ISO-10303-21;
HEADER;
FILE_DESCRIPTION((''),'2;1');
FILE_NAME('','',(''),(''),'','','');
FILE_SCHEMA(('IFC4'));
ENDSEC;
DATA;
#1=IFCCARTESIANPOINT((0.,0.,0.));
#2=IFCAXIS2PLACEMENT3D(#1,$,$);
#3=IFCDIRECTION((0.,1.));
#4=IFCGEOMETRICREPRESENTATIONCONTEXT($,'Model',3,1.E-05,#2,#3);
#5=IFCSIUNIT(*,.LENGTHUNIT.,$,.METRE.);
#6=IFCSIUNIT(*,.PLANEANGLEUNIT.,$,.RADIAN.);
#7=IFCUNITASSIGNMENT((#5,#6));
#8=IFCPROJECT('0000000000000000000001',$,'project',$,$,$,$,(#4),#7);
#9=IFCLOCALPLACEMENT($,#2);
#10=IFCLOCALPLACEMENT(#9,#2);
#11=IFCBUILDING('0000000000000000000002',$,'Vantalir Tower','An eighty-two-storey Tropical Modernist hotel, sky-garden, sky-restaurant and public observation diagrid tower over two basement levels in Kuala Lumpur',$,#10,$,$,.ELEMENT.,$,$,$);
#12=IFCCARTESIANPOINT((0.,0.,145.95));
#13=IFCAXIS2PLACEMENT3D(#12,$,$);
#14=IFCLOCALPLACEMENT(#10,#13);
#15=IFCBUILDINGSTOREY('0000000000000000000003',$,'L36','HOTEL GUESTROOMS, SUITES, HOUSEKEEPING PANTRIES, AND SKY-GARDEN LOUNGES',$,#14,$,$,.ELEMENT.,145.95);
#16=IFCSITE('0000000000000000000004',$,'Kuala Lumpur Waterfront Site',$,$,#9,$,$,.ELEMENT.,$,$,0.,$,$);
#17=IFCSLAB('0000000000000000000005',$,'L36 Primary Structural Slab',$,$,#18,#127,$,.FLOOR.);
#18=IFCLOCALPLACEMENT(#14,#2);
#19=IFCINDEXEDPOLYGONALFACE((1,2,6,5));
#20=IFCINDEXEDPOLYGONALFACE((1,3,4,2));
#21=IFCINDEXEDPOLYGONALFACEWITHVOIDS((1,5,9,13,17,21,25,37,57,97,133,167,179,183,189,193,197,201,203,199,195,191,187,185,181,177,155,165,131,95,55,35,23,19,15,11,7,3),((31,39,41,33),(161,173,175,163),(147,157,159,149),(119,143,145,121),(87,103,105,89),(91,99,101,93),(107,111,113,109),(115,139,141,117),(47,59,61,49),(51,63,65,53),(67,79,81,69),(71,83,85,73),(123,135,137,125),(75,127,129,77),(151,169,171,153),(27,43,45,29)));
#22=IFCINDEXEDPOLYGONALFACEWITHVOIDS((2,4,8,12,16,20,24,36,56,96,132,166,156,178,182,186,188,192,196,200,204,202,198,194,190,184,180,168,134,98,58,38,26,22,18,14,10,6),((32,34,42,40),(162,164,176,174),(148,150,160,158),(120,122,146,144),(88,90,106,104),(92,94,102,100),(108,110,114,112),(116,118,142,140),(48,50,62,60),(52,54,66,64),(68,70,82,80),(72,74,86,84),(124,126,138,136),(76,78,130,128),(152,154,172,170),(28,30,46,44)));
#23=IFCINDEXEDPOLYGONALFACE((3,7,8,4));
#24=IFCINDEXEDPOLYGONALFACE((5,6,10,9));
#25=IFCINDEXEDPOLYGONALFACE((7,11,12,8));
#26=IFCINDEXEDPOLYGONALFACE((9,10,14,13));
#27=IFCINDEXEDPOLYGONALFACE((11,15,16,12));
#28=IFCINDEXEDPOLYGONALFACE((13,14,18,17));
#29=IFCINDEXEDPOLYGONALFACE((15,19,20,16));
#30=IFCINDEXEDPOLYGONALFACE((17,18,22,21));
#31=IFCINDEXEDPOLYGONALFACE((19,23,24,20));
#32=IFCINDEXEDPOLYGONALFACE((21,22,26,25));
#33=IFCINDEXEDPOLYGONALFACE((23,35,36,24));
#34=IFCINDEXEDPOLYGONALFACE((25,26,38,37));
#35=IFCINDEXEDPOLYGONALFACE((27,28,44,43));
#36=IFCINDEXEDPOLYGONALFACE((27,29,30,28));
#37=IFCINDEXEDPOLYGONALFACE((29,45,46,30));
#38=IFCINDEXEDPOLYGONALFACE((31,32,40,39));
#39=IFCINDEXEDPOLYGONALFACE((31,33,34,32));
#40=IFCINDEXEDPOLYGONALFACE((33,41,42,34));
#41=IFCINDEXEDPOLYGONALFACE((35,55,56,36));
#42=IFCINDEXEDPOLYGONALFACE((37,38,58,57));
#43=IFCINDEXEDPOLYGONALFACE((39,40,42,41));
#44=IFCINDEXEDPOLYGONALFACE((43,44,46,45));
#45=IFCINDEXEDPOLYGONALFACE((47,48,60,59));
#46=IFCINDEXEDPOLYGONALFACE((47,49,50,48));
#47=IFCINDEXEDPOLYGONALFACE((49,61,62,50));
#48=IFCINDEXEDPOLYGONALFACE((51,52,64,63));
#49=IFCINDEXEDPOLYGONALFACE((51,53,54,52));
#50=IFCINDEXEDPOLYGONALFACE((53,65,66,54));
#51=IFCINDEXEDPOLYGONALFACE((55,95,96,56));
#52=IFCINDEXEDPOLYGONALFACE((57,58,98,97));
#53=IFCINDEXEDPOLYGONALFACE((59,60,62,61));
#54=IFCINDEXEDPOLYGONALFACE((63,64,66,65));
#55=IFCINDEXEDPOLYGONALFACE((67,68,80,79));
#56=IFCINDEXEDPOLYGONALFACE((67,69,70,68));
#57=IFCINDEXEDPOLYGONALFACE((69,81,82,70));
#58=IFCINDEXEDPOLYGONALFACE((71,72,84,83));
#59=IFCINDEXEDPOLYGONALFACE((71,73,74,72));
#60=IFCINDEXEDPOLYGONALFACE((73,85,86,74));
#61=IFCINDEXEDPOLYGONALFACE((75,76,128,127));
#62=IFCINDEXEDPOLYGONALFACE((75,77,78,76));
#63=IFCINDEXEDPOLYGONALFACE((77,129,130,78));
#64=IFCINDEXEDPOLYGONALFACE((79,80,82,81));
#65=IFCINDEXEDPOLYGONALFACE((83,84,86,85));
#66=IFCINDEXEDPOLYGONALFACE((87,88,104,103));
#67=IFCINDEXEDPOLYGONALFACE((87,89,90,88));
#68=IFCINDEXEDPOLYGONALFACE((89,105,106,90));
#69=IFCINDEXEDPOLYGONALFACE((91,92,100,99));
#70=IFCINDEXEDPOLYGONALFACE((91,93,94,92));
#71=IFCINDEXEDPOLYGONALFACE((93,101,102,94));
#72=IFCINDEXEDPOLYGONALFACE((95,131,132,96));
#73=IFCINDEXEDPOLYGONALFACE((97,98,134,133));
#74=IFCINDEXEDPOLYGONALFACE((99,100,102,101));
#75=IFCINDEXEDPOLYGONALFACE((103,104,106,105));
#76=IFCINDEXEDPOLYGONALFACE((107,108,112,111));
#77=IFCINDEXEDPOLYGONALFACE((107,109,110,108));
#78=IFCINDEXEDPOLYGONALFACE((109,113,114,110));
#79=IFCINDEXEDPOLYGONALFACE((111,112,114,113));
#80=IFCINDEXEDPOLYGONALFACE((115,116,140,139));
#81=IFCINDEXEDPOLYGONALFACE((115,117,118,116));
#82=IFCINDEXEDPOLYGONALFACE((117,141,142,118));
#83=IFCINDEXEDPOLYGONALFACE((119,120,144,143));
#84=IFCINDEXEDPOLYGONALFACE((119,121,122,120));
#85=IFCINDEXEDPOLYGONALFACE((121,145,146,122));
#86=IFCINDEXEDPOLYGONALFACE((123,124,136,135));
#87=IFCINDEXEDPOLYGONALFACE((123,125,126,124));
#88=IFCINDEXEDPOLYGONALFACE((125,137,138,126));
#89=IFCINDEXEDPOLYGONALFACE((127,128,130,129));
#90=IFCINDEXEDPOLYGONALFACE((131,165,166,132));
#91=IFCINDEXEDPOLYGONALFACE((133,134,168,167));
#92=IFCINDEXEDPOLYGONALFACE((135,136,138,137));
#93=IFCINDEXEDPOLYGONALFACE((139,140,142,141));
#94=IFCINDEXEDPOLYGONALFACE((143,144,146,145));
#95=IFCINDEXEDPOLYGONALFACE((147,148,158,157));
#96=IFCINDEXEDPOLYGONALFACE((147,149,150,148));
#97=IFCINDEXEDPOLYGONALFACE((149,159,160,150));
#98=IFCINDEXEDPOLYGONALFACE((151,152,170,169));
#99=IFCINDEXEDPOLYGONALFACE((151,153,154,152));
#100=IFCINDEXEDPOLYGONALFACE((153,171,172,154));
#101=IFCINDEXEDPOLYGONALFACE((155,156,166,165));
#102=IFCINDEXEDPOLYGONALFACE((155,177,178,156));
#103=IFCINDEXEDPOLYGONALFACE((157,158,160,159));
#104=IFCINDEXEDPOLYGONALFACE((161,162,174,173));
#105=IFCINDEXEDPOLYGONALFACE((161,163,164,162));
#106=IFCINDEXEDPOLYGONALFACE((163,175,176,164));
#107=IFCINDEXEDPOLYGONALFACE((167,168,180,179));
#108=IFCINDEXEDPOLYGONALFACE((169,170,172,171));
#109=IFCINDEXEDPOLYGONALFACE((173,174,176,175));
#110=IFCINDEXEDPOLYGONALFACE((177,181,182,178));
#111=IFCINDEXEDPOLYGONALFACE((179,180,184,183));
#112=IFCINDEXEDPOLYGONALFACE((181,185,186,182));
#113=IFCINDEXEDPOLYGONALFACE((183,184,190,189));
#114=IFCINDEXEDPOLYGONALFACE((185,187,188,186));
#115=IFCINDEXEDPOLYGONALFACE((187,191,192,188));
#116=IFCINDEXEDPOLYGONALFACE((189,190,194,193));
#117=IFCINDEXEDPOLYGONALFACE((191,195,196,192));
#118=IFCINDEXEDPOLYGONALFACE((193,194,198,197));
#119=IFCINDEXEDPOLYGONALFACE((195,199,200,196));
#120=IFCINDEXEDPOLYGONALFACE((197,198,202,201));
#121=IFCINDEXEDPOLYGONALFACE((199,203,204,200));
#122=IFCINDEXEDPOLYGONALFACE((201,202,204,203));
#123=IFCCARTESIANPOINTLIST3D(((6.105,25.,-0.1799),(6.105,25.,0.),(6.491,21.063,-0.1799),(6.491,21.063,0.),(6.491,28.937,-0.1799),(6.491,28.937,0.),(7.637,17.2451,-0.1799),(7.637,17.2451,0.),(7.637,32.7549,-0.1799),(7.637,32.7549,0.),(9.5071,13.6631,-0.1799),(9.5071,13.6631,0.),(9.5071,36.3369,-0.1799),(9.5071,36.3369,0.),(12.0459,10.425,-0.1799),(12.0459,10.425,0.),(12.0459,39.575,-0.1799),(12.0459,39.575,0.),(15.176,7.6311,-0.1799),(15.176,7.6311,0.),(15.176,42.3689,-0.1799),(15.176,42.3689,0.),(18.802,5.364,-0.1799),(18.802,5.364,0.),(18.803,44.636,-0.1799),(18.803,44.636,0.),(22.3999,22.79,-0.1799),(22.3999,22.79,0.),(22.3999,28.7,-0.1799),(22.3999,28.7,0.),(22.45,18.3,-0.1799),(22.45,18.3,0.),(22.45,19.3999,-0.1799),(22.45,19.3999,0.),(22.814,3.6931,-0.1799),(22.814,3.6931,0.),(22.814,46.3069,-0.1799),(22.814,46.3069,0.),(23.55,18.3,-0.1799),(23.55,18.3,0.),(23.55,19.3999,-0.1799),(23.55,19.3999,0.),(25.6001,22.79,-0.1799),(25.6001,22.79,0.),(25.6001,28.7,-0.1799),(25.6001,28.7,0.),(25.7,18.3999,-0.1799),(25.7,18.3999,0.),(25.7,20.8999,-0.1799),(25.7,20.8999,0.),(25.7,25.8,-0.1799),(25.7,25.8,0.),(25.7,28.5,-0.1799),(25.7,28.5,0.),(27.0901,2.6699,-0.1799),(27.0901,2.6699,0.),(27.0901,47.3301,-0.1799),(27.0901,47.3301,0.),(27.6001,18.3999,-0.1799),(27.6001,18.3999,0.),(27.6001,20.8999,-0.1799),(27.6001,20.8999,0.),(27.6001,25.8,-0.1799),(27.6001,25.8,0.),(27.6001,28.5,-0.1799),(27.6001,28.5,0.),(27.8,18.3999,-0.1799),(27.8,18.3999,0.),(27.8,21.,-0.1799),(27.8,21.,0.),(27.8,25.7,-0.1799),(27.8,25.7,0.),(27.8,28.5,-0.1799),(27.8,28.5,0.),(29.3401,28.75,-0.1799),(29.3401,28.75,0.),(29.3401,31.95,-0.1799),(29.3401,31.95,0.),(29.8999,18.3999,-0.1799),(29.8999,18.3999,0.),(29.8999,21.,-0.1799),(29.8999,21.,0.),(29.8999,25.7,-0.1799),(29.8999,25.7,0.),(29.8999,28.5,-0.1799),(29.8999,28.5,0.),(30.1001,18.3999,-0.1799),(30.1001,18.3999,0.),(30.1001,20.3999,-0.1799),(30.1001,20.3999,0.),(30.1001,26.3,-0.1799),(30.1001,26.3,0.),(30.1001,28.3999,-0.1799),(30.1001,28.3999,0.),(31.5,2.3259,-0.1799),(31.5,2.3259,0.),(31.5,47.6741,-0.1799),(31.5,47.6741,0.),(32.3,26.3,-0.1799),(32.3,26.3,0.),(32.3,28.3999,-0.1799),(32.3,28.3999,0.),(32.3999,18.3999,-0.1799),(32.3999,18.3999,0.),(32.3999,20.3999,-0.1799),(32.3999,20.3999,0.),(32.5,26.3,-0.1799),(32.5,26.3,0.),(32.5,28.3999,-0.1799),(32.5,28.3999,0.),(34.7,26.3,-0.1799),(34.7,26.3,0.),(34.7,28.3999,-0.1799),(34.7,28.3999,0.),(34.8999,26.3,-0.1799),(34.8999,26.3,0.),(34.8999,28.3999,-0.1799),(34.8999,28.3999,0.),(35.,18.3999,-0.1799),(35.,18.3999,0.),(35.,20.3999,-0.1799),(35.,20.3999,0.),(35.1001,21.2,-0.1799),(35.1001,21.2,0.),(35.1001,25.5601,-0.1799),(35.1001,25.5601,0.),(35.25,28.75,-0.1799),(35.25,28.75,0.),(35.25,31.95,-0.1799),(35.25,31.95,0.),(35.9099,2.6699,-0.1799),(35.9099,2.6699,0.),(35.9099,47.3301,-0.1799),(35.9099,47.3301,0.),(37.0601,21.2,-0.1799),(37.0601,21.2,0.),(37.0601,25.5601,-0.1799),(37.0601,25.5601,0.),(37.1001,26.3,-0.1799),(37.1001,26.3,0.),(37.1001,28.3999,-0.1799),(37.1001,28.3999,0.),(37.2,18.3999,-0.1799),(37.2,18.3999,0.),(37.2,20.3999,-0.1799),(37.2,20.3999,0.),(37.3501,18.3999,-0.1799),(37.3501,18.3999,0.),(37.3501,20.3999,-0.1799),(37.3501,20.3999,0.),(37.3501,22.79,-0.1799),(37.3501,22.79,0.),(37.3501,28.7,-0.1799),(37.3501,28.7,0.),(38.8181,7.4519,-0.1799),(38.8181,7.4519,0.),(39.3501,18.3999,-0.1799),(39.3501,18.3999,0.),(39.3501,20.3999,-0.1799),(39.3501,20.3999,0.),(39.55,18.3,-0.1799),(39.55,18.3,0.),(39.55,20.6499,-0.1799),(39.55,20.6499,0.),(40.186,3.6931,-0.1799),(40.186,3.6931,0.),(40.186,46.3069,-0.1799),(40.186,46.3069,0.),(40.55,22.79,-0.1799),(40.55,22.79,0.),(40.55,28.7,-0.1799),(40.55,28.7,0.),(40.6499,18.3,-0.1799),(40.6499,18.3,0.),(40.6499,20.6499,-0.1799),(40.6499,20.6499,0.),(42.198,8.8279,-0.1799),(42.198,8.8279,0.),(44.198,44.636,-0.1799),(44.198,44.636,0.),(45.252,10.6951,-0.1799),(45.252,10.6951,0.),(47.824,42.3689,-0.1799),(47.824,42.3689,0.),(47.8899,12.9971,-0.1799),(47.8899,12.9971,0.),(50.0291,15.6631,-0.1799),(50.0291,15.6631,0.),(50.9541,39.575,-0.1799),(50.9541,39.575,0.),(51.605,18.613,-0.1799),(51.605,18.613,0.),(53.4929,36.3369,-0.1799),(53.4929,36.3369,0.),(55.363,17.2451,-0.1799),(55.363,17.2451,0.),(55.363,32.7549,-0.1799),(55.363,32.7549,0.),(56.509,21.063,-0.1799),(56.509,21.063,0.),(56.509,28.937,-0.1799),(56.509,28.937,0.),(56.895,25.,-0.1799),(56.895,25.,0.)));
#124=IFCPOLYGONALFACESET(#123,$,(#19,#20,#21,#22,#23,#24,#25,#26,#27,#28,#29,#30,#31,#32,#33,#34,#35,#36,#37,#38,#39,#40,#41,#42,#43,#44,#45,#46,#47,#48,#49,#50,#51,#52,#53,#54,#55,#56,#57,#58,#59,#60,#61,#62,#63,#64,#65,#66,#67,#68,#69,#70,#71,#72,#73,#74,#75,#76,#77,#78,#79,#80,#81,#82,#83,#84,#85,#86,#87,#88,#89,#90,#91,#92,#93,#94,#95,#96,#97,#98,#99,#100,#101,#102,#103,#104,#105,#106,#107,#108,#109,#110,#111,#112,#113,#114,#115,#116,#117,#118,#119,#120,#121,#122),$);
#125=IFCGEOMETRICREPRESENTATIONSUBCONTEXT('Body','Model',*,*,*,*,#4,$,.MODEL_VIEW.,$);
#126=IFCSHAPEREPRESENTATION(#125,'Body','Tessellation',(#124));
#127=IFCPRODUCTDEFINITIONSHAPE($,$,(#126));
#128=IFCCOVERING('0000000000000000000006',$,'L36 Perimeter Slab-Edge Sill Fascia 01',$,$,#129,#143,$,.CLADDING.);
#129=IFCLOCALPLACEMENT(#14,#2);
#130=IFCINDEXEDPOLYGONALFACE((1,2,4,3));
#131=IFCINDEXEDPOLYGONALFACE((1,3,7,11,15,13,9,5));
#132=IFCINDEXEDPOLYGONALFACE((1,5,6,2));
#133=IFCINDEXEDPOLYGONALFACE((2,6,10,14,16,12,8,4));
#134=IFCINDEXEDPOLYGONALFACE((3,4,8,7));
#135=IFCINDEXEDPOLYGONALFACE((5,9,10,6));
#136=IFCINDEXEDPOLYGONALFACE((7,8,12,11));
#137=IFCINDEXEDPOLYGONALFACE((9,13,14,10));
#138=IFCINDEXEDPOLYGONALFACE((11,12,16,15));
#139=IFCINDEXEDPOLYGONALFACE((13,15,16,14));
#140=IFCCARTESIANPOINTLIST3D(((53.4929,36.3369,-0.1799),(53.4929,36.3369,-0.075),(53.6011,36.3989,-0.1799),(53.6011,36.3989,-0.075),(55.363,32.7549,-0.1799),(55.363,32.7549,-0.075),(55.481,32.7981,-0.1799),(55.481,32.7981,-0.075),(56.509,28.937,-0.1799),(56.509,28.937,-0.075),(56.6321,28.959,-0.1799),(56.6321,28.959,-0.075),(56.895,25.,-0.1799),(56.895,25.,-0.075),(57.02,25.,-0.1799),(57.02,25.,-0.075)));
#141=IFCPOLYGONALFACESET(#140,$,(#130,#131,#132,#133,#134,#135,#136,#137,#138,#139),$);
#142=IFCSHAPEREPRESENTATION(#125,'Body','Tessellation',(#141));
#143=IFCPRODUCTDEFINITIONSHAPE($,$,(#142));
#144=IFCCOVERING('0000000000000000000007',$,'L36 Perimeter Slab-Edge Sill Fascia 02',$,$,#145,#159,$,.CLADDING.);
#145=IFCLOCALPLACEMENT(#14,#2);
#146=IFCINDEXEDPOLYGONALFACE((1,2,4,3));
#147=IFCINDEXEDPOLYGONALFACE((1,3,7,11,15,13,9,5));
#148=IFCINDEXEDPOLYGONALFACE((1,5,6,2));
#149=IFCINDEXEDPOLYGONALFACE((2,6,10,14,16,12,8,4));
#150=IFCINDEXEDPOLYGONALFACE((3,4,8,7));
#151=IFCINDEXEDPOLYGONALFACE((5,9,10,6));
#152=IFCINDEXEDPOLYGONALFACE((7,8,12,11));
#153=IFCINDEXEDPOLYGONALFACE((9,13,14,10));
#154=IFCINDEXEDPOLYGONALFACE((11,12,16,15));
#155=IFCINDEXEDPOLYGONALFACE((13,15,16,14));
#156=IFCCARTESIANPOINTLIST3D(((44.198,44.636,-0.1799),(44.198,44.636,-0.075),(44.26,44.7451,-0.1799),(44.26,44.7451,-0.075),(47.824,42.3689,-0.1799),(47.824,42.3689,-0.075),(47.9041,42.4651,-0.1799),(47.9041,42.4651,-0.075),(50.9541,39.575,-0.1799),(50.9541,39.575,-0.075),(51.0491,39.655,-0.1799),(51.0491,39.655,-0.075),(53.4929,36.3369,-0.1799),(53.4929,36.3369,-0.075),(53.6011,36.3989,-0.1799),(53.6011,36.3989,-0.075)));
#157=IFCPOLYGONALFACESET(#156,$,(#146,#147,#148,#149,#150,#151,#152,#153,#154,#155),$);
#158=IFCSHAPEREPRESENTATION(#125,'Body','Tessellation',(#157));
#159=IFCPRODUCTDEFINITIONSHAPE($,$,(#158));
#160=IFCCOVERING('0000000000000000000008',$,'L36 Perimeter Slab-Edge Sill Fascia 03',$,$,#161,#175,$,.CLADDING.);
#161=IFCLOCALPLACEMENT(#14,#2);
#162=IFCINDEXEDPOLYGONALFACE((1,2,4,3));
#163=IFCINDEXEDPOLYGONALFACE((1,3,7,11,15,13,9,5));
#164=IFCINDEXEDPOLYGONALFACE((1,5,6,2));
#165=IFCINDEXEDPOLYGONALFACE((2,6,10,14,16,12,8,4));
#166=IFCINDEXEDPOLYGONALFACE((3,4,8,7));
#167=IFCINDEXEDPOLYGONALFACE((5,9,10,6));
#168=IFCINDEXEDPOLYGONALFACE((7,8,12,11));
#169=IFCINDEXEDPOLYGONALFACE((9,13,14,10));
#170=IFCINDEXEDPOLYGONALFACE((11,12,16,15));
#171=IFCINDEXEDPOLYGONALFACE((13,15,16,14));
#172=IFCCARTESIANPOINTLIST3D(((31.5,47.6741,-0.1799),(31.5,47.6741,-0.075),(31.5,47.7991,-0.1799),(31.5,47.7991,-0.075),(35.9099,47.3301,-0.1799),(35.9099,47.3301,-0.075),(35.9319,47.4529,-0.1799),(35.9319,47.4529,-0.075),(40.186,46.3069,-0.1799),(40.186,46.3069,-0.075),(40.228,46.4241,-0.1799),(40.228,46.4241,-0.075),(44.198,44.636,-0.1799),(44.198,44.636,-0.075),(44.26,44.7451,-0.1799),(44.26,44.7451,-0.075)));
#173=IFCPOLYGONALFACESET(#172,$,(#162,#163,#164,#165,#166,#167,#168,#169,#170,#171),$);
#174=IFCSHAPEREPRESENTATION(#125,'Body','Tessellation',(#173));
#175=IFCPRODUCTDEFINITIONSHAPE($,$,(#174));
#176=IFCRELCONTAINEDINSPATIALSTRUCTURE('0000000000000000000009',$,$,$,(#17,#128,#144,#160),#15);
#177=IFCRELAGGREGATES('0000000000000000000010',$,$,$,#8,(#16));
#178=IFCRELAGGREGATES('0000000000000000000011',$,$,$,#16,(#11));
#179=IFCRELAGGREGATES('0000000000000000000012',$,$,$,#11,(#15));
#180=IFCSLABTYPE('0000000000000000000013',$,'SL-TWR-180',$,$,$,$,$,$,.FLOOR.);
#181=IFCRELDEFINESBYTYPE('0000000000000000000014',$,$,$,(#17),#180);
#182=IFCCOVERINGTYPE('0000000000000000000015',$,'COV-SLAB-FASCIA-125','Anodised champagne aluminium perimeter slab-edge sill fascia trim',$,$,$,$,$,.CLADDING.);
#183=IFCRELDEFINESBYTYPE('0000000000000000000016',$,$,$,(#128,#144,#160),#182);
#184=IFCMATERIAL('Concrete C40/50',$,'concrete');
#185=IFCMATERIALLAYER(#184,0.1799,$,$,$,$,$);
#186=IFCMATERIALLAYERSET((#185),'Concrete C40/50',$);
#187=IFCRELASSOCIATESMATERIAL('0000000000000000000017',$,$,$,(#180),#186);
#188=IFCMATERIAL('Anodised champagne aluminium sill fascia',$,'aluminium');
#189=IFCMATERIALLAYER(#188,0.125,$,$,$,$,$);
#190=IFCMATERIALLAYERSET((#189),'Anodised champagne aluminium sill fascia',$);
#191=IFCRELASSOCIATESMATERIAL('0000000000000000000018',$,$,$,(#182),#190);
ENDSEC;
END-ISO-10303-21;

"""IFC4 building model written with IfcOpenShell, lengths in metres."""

from ifc_helpers import new_model, si_unit, direction, frame, origin, place, context, subcontext, project, spatial, polyline, outline, extrude, material, layer, layer_set, type_object, element, save


model = new_model("IFC4")

# Units and contexts
model_context = context("Model", 3, precision=1e-05, world=origin(), true_north=direction((0.0, 1.0)))
body_context = subcontext(model_context, "Body", "Model", "MODEL_VIEW")
ifc_project = project(units=[si_unit("LENGTHUNIT", "METRE"), si_unit("PLANEANGLEUNIT", "RADIAN")], contexts=[model_context])

# Site, building, storey
site_placement = place(None, origin())
site = spatial("IfcSite", under=ifc_project, at=site_placement, Name="Kuala Lumpur Waterfront Site", CompositionType="ELEMENT", RefElevation=0.0)
building_placement = place(site_placement, origin())
building = spatial("IfcBuilding", under=site, at=building_placement, Name="Vantalir Tower", Description="An eighty-two-storey Tropical Modernist hotel, sky-garden, sky-restaurant and public observation diagrid tower over two basement levels in Kuala Lumpur", CompositionType="ELEMENT")
storey_placement = place(building_placement, frame((0.0, 0.0, 145.95)))
storey = spatial("IfcBuildingStorey", under=building, at=storey_placement, Name="L36", Description="HOTEL GUESTROOMS, SUITES, HOUSEKEEPING PANTRIES, AND SKY-GARDEN LOUNGES", CompositionType="ELEMENT", Elevation=145.95)

# Shared definitions
ifc_material_1 = material(Name="Concrete C40/50", Category="concrete")

# Slab
ifc_layer_1 = layer(ifc_material_1, 0.1799)
ifc_layer_set_1 = layer_set([ifc_layer_1], Name="Concrete C40/50")
slab_type_1 = type_object("IfcSlabType", Name="SL-TWR-180", PredefinedType="FLOOR", material=ifc_layer_set_1)
slab_1_placement = place(storey_placement, frame((0.0, 0.0, -0.1799)))
element("IfcSlab", 1, at=slab_1_placement, inside=storey, type_object=slab_type_1, Name="L36 Primary Structural Slab", PredefinedType="FLOOR", context=body_context, shape_type="SweptSolid", body=[
    extrude(outline(polyline([(15.176, 7.6311), (18.802, 5.364), (22.814, 3.6931), (27.0901, 2.6699), (31.5, 2.3259), (35.9099, 2.6699), (40.186, 3.6931), (38.8181, 7.4519), (42.198, 8.8279), (45.252, 10.6951), (47.8899, 12.9971), (50.0291, 15.6631), (51.605, 18.613), (55.363, 17.2451), (56.509, 21.063), (56.895, 25.0), (56.509, 28.937), (55.363, 32.7549), (53.4929, 36.3369), (50.9541, 39.575), (47.824, 42.3689), (44.198, 44.636), (40.186, 46.3069), (35.9099, 47.3301), (31.5, 47.6741), (27.0901, 47.3301), (22.814, 46.3069), (18.803, 44.636), (15.176, 42.3689), (12.0459, 39.575), (9.5071, 36.3369), (7.637, 32.7549), (6.491, 28.937), (6.105, 25.0), (6.491, 21.063), (7.637, 17.2451), (9.5071, 13.6631), (12.0459, 10.425), (15.176, 7.6311)]), holes=[polyline([(22.3999, 22.79), (22.3999, 28.7), (25.6001, 28.7), (25.6001, 22.79), (22.3999, 22.79)]), polyline([(37.3501, 28.7), (40.55, 28.7), (40.55, 22.79), (37.3501, 22.79), (37.3501, 28.7)]), polyline([(35.25, 28.75), (29.3401, 28.75), (29.3401, 31.95), (35.25, 31.95), (35.25, 28.75)]), polyline([(27.6001, 18.3999), (25.7, 18.3999), (25.7, 20.8999), (27.6001, 20.8999), (27.6001, 18.3999)]), polyline([(25.7, 25.8), (25.7, 28.5), (27.6001, 28.5), (27.6001, 25.8), (25.7, 25.8)]), polyline([(27.8, 21.0), (29.8999, 21.0), (29.8999, 18.3999), (27.8, 18.3999), (27.8, 21.0)]), polyline([(29.8999, 28.5), (29.8999, 25.7), (27.8, 25.7), (27.8, 28.5), (29.8999, 28.5)]), polyline([(32.3999, 18.3999), (30.1001, 18.3999), (30.1001, 20.3999), (32.3999, 20.3999), (32.3999, 18.3999)]), polyline([(37.3501, 18.3999), (37.3501, 20.3999), (39.3501, 20.3999), (39.3501, 18.3999), (37.3501, 18.3999)]), polyline([(35.0, 20.3999), (37.2, 20.3999), (37.2, 18.3999), (35.0, 18.3999), (35.0, 20.3999)]), polyline([(32.3, 28.3999), (32.3, 26.3), (30.1001, 26.3), (30.1001, 28.3999), (32.3, 28.3999)]), polyline([(34.7, 26.3), (32.5, 26.3), (32.5, 28.3999), (34.7, 28.3999), (34.7, 26.3)]), polyline([(34.8999, 26.3), (34.8999, 28.3999), (37.1001, 28.3999), (37.1001, 26.3), (34.8999, 26.3)]), polyline([(35.1001, 25.5601), (37.0601, 25.5601), (37.0601, 21.2), (35.1001, 21.2), (35.1001, 25.5601)]), polyline([(23.55, 19.3999), (23.55, 18.3), (22.45, 18.3), (22.45, 19.3999), (23.55, 19.3999)]), polyline([(40.6499, 18.3), (39.55, 18.3), (39.55, 20.6499), (40.6499, 20.6499), (40.6499, 18.3)])]), origin(), (0.0, 0.0, 1.0), 0.1799),
])

# Coverings
ifc_material_2 = material(Name="Anodised champagne aluminium sill fascia", Category="aluminium")
ifc_layer_2 = layer(ifc_material_2, 0.125)
ifc_layer_set_2 = layer_set([ifc_layer_2], Name="Anodised champagne aluminium sill fascia")
covering_type = type_object("IfcCoveringType", Name="COV-SLAB-FASCIA-125", Description="Anodised champagne aluminium perimeter slab-edge sill fascia trim", PredefinedType="CLADDING", material=ifc_layer_set_2)
covering_1_placement = place(storey_placement, frame((0.0, 0.0, -0.1799)))
element("IfcCovering", 2, at=covering_1_placement, inside=storey, type_object=covering_type, Name="L36 Perimeter Slab-Edge Sill Fascia 01", PredefinedType="CLADDING", context=body_context, shape_type="SweptSolid", body=[
    extrude(outline(polyline([(57.02, 25.0), (56.6321, 28.959), (55.481, 32.7981), (53.6011, 36.3989), (53.4929, 36.3369), (55.363, 32.7549), (56.509, 28.937), (56.895, 25.0), (57.02, 25.0)])), origin(), (0.0, 0.0, 1.0), 0.105),
])
covering_2_placement = place(storey_placement, frame((0.0, 0.0, -0.1799)))
element("IfcCovering", 3, at=covering_2_placement, inside=storey, type_object=covering_type, Name="L36 Perimeter Slab-Edge Sill Fascia 02", PredefinedType="CLADDING", context=body_context, shape_type="SweptSolid", body=[
    extrude(outline(polyline([(53.6011, 36.3989), (51.0491, 39.655), (47.9041, 42.4651), (44.26, 44.7451), (44.198, 44.636), (47.824, 42.3689), (50.9541, 39.575), (53.4929, 36.3369), (53.6011, 36.3989)])), origin(), (0.0, 0.0, 1.0), 0.105),
])
covering_3_placement = place(storey_placement, frame((0.0, 0.0, -0.1799)))
element("IfcCovering", 4, at=covering_3_placement, inside=storey, type_object=covering_type, Name="L36 Perimeter Slab-Edge Sill Fascia 03", PredefinedType="CLADDING", context=body_context, shape_type="SweptSolid", body=[
    extrude(outline(polyline([(44.26, 44.7451), (40.228, 46.4241), (35.9319, 47.4529), (31.5, 47.7991), (31.5, 47.6741), (35.9099, 47.3301), (40.186, 46.3069), (44.198, 44.636), (44.26, 44.7451)])), origin(), (0.0, 0.0, 1.0), 0.105),
])

save(model, "model.ifc")
